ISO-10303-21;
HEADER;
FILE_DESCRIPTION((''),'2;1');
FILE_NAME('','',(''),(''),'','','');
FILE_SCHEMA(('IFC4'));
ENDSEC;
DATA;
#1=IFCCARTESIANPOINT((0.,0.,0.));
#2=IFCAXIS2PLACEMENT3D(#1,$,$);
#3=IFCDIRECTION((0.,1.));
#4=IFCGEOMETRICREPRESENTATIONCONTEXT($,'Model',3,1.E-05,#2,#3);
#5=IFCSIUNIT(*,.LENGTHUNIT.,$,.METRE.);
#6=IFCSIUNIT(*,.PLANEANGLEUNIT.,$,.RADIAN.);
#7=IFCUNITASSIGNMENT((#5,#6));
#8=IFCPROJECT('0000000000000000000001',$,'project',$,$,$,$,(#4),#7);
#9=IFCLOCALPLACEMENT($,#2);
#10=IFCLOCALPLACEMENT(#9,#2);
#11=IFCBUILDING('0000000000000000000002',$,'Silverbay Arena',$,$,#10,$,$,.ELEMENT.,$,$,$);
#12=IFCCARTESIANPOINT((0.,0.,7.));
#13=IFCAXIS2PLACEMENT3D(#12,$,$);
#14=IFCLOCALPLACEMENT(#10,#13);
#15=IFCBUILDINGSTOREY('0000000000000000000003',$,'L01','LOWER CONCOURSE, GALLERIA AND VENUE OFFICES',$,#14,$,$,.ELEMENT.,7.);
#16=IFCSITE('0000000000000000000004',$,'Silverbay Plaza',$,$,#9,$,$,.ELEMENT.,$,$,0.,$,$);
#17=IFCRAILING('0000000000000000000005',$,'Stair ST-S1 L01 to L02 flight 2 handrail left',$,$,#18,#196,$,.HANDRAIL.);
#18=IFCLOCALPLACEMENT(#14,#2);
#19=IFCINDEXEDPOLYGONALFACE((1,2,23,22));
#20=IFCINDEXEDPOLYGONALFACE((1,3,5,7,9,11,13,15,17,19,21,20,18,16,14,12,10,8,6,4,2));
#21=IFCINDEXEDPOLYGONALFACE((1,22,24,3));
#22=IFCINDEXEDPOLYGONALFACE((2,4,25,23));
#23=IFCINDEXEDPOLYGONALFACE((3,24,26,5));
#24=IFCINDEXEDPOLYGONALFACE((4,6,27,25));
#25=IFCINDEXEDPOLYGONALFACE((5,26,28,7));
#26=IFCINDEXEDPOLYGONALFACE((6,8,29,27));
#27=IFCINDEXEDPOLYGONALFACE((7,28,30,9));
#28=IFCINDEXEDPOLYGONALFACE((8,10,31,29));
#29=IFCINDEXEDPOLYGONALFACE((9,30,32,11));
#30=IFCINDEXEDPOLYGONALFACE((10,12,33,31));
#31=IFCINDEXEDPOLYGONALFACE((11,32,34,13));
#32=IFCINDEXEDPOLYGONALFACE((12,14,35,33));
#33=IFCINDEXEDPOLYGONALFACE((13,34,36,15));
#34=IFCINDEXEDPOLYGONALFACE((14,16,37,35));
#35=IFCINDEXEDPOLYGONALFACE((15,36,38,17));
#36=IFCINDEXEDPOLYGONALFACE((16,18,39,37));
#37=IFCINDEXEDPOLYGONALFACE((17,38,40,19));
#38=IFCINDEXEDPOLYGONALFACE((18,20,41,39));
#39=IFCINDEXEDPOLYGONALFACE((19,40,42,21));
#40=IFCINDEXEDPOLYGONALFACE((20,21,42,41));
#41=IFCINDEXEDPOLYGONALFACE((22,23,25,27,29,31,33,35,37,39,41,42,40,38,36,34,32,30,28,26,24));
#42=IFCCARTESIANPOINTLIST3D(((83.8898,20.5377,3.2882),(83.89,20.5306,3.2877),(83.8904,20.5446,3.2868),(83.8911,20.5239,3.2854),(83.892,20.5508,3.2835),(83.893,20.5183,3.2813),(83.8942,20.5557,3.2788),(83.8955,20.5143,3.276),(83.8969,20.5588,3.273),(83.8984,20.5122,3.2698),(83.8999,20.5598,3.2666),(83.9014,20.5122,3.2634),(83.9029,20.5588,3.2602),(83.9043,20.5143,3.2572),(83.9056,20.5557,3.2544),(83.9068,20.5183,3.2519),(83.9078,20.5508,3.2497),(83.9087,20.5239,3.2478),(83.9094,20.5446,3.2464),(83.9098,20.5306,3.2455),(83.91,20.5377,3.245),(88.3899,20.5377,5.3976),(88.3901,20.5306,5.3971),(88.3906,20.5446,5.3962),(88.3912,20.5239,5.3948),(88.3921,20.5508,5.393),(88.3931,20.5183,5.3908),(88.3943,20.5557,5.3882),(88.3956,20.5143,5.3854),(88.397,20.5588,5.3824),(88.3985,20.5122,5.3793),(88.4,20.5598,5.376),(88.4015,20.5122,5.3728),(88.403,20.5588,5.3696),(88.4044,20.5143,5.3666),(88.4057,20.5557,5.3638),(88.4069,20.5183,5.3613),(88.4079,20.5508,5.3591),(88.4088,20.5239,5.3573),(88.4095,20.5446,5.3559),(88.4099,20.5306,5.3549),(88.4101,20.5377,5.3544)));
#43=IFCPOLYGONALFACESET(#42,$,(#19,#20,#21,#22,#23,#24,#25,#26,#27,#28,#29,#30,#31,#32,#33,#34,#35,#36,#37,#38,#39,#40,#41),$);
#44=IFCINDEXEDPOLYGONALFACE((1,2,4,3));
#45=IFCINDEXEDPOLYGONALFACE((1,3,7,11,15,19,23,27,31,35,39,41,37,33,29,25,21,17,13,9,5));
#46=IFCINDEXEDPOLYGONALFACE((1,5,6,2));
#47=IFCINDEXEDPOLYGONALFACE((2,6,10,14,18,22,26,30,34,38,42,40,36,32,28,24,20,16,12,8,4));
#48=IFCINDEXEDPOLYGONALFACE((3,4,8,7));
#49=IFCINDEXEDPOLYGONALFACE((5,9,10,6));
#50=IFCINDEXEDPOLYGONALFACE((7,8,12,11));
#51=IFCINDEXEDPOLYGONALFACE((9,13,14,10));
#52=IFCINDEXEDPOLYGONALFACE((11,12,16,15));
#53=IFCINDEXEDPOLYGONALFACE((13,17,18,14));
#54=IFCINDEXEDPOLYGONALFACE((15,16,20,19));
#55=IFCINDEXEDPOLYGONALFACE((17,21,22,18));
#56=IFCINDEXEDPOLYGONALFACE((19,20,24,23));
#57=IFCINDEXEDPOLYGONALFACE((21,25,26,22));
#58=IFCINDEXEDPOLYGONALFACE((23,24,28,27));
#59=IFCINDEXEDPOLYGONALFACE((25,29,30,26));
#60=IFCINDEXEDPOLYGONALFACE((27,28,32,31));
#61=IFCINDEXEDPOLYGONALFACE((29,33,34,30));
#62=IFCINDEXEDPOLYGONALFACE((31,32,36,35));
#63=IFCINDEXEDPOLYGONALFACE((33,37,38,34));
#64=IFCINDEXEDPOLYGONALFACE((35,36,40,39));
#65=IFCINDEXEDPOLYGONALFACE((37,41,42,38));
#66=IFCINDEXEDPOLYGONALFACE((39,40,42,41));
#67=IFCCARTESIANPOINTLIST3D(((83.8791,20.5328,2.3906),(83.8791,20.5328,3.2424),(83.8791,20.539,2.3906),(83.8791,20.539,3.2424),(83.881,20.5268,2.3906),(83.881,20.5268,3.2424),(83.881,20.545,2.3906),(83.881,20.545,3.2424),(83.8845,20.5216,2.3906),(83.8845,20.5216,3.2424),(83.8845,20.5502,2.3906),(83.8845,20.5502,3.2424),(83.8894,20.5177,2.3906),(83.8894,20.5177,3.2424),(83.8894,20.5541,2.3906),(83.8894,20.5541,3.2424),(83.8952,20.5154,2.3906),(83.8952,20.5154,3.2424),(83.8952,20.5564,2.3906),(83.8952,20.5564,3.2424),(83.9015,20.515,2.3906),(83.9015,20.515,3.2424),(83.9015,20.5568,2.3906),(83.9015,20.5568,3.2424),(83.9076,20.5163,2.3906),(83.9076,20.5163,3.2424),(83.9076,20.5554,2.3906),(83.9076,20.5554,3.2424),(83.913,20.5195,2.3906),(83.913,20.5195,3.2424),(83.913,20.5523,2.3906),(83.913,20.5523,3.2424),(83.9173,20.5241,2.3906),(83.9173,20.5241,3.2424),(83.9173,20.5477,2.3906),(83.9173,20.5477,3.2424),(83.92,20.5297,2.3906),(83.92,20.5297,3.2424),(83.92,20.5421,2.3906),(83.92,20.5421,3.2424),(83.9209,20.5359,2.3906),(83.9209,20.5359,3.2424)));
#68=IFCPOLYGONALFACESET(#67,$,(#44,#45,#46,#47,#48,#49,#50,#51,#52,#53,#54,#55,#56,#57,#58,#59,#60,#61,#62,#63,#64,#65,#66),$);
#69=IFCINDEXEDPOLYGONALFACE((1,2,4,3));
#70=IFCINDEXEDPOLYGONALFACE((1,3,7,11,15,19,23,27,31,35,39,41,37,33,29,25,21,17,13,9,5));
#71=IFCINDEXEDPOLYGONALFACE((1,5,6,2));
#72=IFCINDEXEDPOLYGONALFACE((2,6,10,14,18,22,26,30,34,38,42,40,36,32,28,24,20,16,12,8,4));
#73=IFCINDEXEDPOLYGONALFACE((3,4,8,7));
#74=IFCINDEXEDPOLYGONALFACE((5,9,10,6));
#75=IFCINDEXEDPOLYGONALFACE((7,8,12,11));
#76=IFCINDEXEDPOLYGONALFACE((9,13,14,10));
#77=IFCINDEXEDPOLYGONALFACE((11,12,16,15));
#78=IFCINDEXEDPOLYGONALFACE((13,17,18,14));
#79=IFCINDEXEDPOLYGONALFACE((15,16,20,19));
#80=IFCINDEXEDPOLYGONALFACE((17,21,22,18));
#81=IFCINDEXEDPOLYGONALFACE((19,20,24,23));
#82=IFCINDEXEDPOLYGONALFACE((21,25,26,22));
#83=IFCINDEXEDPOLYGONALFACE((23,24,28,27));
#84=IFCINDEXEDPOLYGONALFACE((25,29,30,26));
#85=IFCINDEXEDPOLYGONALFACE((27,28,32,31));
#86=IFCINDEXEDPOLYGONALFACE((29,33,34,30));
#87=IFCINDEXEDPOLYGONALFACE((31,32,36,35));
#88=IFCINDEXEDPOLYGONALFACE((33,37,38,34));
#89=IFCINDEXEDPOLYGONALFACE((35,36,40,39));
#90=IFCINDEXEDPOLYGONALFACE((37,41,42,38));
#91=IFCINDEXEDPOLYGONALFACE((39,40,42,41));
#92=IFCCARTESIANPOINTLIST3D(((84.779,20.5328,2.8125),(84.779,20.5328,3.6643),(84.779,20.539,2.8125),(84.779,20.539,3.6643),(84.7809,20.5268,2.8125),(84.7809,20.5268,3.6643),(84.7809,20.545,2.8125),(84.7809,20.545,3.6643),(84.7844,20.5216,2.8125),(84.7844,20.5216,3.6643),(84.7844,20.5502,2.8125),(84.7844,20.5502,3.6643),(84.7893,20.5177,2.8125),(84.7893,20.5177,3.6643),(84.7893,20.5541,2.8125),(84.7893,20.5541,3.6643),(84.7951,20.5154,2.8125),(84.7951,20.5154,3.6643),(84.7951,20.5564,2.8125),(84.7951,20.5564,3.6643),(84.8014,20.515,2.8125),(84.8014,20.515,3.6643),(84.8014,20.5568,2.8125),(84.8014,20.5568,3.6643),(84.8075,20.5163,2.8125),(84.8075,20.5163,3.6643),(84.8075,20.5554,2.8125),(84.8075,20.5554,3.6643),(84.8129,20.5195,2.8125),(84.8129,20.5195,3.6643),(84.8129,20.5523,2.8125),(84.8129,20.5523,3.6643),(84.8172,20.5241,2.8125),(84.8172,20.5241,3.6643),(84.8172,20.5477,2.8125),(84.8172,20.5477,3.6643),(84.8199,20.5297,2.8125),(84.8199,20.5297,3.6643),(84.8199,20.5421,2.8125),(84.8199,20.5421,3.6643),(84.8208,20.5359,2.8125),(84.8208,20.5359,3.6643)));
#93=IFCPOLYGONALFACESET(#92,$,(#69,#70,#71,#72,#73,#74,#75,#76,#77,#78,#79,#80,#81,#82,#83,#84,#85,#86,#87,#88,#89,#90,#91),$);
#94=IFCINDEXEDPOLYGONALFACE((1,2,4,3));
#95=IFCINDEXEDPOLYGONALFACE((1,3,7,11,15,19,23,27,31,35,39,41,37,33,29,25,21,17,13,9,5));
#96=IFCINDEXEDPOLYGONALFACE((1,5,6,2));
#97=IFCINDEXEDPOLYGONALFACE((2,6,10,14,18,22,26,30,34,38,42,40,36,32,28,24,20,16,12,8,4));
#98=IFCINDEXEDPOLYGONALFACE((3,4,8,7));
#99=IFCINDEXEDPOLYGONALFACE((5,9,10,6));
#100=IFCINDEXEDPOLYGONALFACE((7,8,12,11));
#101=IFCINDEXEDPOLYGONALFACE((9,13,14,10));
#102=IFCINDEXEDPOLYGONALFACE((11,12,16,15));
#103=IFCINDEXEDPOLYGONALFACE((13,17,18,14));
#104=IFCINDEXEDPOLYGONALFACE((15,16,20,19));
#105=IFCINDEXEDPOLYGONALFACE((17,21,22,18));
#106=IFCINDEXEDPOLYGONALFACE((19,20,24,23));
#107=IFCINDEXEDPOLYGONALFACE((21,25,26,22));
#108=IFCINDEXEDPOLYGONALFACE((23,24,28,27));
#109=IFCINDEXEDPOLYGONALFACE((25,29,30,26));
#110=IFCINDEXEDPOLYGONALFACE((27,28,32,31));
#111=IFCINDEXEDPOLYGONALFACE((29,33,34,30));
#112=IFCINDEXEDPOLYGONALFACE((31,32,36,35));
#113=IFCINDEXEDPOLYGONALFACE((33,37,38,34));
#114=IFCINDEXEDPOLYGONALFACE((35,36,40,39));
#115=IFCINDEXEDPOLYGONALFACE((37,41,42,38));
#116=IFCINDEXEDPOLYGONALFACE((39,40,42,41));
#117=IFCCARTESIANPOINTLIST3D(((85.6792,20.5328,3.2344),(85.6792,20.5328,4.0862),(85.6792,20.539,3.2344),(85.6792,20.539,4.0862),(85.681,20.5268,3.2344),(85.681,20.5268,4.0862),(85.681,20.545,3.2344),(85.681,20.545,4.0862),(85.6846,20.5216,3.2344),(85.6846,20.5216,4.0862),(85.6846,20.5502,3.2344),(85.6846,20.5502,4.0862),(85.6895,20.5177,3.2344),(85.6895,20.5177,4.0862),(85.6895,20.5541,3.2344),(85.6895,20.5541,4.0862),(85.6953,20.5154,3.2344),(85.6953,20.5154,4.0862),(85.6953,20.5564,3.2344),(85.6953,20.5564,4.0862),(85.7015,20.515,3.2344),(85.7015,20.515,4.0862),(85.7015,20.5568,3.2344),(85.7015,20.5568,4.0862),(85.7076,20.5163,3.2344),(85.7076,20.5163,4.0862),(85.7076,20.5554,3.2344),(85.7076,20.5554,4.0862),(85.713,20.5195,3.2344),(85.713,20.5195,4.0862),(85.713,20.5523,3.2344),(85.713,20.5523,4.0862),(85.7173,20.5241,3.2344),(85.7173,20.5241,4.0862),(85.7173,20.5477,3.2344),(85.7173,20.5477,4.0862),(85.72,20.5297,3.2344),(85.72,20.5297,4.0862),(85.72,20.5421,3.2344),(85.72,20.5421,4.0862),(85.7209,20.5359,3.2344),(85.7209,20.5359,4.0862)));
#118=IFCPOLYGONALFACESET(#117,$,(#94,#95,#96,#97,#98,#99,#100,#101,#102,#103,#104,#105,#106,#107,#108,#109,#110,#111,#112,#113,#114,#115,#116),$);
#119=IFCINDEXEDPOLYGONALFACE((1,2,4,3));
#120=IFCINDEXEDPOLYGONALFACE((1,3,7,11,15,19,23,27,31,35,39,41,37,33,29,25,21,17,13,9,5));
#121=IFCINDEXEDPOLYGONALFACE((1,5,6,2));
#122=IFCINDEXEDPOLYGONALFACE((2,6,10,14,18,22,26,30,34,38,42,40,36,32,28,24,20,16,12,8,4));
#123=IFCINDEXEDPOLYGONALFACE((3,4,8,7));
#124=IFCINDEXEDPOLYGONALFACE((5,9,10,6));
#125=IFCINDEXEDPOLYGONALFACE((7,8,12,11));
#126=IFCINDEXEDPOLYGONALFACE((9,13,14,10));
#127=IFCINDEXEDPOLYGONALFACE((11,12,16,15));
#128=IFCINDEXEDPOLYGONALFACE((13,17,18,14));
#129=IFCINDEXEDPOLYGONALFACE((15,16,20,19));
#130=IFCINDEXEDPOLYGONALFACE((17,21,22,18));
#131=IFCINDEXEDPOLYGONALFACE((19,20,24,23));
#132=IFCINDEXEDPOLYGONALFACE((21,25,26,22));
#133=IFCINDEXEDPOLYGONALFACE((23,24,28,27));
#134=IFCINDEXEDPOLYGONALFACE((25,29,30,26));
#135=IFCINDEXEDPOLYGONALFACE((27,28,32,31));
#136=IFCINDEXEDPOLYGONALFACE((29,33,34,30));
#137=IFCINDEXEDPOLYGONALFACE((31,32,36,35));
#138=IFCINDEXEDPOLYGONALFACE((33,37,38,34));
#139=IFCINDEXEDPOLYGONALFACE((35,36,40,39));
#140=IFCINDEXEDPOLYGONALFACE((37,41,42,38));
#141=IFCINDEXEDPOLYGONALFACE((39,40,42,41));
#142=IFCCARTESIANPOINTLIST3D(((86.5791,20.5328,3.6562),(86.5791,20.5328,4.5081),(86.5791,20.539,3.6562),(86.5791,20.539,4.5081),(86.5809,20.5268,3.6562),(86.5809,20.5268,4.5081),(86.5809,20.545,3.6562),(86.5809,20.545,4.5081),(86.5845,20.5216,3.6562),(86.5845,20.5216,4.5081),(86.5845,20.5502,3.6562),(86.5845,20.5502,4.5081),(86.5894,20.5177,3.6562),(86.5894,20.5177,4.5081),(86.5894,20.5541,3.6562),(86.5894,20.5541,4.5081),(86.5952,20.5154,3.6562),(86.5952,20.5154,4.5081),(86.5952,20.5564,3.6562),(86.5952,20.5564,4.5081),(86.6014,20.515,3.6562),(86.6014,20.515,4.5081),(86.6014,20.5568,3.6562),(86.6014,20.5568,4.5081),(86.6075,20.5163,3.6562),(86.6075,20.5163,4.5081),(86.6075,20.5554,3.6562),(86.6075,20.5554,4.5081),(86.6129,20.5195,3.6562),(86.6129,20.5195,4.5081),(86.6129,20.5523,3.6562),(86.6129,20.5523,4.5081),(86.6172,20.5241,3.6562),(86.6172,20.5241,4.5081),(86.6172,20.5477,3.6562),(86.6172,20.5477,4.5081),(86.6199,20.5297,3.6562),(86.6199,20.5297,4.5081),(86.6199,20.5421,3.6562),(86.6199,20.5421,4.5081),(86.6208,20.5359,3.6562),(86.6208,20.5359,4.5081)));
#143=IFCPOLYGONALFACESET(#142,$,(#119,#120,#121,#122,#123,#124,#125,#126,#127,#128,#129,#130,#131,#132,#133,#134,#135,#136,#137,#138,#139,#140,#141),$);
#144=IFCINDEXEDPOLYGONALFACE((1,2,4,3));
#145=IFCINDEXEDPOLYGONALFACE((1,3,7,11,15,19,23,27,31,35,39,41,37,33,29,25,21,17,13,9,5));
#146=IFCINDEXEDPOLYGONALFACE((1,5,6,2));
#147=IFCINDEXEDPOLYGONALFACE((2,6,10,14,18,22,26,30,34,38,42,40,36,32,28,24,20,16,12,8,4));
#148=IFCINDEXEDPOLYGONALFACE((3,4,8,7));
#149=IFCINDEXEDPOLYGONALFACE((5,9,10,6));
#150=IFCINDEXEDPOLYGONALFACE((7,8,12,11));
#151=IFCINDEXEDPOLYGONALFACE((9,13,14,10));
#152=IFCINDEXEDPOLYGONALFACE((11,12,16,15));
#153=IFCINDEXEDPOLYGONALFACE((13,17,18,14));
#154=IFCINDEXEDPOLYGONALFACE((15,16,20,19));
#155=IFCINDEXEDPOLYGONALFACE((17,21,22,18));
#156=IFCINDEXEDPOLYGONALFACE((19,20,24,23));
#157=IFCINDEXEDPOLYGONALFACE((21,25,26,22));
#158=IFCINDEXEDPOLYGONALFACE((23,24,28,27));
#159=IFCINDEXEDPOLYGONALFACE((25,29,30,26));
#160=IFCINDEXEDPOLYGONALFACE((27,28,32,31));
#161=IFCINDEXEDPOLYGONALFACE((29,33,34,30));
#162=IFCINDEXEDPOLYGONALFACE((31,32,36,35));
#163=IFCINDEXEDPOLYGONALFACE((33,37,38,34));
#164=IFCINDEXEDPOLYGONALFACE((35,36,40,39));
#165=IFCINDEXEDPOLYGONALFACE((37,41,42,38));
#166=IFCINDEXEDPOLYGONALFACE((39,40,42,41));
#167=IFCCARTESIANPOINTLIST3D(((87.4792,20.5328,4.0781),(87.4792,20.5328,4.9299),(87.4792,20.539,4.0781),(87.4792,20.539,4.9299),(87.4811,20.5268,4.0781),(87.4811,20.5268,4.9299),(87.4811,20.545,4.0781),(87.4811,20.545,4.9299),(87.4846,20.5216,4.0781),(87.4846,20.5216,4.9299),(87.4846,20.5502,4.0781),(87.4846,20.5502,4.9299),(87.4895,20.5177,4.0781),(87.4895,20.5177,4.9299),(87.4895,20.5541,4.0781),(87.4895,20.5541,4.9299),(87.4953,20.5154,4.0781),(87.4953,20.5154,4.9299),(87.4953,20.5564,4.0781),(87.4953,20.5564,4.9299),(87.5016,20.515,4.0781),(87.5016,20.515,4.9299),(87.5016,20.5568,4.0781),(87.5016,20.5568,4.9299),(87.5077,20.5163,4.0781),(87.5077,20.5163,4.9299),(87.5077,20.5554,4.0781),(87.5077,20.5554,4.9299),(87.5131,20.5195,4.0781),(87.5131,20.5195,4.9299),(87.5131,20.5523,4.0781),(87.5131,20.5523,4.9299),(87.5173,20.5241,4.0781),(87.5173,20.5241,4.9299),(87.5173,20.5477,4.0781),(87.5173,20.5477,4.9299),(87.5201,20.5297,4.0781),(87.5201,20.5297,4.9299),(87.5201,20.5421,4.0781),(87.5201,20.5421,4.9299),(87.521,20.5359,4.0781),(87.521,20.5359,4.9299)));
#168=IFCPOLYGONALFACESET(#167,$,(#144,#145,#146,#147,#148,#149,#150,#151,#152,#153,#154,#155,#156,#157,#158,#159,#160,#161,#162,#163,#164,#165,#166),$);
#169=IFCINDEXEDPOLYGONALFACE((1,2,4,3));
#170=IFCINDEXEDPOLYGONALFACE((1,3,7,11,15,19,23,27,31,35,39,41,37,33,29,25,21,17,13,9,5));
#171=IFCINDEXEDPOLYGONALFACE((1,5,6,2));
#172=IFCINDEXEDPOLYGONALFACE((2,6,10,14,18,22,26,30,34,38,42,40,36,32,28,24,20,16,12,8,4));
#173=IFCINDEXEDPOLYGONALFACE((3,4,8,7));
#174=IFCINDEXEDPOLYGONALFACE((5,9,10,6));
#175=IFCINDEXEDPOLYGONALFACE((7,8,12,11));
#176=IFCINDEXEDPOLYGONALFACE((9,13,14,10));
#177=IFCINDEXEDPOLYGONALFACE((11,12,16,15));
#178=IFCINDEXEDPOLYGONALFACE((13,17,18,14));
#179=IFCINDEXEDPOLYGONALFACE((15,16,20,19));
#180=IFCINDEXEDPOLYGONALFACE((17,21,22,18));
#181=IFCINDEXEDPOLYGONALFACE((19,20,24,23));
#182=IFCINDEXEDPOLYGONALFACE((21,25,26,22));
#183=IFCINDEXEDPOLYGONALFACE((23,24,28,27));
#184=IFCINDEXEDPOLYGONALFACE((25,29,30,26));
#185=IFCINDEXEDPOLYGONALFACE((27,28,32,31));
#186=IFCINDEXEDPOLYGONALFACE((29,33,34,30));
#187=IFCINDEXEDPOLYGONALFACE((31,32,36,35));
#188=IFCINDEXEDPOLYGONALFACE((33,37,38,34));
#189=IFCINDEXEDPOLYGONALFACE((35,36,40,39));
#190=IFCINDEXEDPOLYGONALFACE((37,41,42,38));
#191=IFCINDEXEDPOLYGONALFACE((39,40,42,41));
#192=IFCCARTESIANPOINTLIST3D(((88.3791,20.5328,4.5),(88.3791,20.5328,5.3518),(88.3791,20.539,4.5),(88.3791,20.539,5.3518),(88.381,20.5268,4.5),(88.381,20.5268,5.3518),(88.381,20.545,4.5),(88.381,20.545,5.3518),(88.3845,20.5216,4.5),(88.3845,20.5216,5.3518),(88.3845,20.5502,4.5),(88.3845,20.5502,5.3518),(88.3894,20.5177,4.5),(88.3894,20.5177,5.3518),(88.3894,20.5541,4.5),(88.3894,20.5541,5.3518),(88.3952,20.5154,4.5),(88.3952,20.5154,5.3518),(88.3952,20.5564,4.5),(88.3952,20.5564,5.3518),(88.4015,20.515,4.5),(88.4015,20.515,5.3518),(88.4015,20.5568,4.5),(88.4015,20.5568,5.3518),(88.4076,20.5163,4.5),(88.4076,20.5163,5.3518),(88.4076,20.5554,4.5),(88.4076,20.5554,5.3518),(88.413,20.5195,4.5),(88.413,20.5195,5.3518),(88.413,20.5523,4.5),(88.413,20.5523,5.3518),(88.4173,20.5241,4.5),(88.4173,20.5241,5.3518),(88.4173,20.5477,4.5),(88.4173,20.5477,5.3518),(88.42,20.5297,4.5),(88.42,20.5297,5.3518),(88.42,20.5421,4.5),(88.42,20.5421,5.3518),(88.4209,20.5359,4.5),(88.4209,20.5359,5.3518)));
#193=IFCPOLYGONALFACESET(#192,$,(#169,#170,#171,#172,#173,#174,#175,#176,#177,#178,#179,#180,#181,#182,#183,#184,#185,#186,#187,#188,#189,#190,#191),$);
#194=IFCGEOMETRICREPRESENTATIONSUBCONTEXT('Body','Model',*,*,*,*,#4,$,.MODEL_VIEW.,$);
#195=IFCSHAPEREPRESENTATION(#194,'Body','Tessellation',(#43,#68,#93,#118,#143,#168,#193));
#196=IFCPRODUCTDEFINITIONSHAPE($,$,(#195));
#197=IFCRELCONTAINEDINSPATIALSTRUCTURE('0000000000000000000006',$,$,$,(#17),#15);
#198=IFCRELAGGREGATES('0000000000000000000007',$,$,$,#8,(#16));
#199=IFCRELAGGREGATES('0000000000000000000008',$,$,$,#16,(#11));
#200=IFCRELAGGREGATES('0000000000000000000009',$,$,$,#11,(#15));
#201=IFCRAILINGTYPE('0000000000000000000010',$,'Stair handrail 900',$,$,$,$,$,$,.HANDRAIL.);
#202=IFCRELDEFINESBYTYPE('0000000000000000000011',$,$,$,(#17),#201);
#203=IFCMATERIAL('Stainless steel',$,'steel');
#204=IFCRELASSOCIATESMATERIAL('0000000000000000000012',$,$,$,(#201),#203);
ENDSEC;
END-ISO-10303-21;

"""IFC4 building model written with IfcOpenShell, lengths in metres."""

from ifc_helpers import new_model, si_unit, direction, frame, origin, origin_2d, place, context, subcontext, project, spatial, circle, extrude, material, type_object, element, save


model = new_model("IFC4")

# Units and contexts
model_context = context("Model", 3, precision=1e-05, world=origin(), true_north=direction((0.0, 1.0)))
body_context = subcontext(model_context, "Body", "Model", "MODEL_VIEW")
ifc_project = project(units=[si_unit("LENGTHUNIT", "METRE"), si_unit("PLANEANGLEUNIT", "RADIAN")], contexts=[model_context])

# Site, building, storey
site_placement = place(None, origin())
site = spatial("IfcSite", under=ifc_project, at=site_placement, Name="Silverbay Plaza", CompositionType="ELEMENT", RefElevation=0.0)
building_placement = place(site_placement, origin())
building = spatial("IfcBuilding", under=site, at=building_placement, Name="Silverbay Arena", CompositionType="ELEMENT")
storey_placement = place(building_placement, frame((0.0, 0.0, 7.0)))
storey = spatial("IfcBuildingStorey", under=building, at=storey_placement, Name="L01", Description="LOWER CONCOURSE, GALLERIA AND VENUE OFFICES", CompositionType="ELEMENT", Elevation=7.0)

# Railing
ifc_material_1 = material(Name="Stainless steel", Category="steel")
railing_type_1 = type_object("IfcRailingType", Name="Stair handrail 900", PredefinedType="HANDRAIL", material=ifc_material_1)
for number, where, name in (
    (1, (83.8999, 20.5359, 2.3906), "Stair ST-S1 L01 to L02 flight 2 handrail left"),
):
    element("IfcRailing", number, at=place(storey_placement, frame(where)), inside=storey, type_object=railing_type_1, Name=name, PredefinedType="HANDRAIL", context=body_context, shape_type="SweptSolid", body=[
        extrude(circle(Radius=0.0239, at=origin_2d()), frame((0.0, 0.0, 0.876), z_axis=(0.905459, 0.0, 0.424434), x_axis=(0.0, 1.0, 0.0)), (0.0, 0.0, 1.0), 4.97),
        extrude(circle(Radius=0.021, at=origin_2d()), origin(), (0.0, 0.0, 1.0), 0.8518),
        extrude(circle(Radius=0.021, at=origin_2d()), frame((0.8999, 0.0, 0.4219)), (0.0, 0.0, 1.0), 0.8518),
        extrude(circle(Radius=0.021, at=origin_2d()), frame((1.8, 0.0, 0.8438)), (0.0, 0.0, 1.0), 0.8518),
        extrude(circle(Radius=0.021, at=origin_2d()), frame((2.7, 0.0, 1.2656)), (0.0, 0.0, 1.0), 0.8518),
        extrude(circle(Radius=0.021, at=origin_2d()), frame((3.6001, 0.0, 1.6875)), (0.0, 0.0, 1.0), 0.8518),
        extrude(circle(Radius=0.021, at=origin_2d()), frame((4.5, 0.0, 2.1094)), (0.0, 0.0, 1.0), 0.8518),
    ])

save(model, "model.ifc")
